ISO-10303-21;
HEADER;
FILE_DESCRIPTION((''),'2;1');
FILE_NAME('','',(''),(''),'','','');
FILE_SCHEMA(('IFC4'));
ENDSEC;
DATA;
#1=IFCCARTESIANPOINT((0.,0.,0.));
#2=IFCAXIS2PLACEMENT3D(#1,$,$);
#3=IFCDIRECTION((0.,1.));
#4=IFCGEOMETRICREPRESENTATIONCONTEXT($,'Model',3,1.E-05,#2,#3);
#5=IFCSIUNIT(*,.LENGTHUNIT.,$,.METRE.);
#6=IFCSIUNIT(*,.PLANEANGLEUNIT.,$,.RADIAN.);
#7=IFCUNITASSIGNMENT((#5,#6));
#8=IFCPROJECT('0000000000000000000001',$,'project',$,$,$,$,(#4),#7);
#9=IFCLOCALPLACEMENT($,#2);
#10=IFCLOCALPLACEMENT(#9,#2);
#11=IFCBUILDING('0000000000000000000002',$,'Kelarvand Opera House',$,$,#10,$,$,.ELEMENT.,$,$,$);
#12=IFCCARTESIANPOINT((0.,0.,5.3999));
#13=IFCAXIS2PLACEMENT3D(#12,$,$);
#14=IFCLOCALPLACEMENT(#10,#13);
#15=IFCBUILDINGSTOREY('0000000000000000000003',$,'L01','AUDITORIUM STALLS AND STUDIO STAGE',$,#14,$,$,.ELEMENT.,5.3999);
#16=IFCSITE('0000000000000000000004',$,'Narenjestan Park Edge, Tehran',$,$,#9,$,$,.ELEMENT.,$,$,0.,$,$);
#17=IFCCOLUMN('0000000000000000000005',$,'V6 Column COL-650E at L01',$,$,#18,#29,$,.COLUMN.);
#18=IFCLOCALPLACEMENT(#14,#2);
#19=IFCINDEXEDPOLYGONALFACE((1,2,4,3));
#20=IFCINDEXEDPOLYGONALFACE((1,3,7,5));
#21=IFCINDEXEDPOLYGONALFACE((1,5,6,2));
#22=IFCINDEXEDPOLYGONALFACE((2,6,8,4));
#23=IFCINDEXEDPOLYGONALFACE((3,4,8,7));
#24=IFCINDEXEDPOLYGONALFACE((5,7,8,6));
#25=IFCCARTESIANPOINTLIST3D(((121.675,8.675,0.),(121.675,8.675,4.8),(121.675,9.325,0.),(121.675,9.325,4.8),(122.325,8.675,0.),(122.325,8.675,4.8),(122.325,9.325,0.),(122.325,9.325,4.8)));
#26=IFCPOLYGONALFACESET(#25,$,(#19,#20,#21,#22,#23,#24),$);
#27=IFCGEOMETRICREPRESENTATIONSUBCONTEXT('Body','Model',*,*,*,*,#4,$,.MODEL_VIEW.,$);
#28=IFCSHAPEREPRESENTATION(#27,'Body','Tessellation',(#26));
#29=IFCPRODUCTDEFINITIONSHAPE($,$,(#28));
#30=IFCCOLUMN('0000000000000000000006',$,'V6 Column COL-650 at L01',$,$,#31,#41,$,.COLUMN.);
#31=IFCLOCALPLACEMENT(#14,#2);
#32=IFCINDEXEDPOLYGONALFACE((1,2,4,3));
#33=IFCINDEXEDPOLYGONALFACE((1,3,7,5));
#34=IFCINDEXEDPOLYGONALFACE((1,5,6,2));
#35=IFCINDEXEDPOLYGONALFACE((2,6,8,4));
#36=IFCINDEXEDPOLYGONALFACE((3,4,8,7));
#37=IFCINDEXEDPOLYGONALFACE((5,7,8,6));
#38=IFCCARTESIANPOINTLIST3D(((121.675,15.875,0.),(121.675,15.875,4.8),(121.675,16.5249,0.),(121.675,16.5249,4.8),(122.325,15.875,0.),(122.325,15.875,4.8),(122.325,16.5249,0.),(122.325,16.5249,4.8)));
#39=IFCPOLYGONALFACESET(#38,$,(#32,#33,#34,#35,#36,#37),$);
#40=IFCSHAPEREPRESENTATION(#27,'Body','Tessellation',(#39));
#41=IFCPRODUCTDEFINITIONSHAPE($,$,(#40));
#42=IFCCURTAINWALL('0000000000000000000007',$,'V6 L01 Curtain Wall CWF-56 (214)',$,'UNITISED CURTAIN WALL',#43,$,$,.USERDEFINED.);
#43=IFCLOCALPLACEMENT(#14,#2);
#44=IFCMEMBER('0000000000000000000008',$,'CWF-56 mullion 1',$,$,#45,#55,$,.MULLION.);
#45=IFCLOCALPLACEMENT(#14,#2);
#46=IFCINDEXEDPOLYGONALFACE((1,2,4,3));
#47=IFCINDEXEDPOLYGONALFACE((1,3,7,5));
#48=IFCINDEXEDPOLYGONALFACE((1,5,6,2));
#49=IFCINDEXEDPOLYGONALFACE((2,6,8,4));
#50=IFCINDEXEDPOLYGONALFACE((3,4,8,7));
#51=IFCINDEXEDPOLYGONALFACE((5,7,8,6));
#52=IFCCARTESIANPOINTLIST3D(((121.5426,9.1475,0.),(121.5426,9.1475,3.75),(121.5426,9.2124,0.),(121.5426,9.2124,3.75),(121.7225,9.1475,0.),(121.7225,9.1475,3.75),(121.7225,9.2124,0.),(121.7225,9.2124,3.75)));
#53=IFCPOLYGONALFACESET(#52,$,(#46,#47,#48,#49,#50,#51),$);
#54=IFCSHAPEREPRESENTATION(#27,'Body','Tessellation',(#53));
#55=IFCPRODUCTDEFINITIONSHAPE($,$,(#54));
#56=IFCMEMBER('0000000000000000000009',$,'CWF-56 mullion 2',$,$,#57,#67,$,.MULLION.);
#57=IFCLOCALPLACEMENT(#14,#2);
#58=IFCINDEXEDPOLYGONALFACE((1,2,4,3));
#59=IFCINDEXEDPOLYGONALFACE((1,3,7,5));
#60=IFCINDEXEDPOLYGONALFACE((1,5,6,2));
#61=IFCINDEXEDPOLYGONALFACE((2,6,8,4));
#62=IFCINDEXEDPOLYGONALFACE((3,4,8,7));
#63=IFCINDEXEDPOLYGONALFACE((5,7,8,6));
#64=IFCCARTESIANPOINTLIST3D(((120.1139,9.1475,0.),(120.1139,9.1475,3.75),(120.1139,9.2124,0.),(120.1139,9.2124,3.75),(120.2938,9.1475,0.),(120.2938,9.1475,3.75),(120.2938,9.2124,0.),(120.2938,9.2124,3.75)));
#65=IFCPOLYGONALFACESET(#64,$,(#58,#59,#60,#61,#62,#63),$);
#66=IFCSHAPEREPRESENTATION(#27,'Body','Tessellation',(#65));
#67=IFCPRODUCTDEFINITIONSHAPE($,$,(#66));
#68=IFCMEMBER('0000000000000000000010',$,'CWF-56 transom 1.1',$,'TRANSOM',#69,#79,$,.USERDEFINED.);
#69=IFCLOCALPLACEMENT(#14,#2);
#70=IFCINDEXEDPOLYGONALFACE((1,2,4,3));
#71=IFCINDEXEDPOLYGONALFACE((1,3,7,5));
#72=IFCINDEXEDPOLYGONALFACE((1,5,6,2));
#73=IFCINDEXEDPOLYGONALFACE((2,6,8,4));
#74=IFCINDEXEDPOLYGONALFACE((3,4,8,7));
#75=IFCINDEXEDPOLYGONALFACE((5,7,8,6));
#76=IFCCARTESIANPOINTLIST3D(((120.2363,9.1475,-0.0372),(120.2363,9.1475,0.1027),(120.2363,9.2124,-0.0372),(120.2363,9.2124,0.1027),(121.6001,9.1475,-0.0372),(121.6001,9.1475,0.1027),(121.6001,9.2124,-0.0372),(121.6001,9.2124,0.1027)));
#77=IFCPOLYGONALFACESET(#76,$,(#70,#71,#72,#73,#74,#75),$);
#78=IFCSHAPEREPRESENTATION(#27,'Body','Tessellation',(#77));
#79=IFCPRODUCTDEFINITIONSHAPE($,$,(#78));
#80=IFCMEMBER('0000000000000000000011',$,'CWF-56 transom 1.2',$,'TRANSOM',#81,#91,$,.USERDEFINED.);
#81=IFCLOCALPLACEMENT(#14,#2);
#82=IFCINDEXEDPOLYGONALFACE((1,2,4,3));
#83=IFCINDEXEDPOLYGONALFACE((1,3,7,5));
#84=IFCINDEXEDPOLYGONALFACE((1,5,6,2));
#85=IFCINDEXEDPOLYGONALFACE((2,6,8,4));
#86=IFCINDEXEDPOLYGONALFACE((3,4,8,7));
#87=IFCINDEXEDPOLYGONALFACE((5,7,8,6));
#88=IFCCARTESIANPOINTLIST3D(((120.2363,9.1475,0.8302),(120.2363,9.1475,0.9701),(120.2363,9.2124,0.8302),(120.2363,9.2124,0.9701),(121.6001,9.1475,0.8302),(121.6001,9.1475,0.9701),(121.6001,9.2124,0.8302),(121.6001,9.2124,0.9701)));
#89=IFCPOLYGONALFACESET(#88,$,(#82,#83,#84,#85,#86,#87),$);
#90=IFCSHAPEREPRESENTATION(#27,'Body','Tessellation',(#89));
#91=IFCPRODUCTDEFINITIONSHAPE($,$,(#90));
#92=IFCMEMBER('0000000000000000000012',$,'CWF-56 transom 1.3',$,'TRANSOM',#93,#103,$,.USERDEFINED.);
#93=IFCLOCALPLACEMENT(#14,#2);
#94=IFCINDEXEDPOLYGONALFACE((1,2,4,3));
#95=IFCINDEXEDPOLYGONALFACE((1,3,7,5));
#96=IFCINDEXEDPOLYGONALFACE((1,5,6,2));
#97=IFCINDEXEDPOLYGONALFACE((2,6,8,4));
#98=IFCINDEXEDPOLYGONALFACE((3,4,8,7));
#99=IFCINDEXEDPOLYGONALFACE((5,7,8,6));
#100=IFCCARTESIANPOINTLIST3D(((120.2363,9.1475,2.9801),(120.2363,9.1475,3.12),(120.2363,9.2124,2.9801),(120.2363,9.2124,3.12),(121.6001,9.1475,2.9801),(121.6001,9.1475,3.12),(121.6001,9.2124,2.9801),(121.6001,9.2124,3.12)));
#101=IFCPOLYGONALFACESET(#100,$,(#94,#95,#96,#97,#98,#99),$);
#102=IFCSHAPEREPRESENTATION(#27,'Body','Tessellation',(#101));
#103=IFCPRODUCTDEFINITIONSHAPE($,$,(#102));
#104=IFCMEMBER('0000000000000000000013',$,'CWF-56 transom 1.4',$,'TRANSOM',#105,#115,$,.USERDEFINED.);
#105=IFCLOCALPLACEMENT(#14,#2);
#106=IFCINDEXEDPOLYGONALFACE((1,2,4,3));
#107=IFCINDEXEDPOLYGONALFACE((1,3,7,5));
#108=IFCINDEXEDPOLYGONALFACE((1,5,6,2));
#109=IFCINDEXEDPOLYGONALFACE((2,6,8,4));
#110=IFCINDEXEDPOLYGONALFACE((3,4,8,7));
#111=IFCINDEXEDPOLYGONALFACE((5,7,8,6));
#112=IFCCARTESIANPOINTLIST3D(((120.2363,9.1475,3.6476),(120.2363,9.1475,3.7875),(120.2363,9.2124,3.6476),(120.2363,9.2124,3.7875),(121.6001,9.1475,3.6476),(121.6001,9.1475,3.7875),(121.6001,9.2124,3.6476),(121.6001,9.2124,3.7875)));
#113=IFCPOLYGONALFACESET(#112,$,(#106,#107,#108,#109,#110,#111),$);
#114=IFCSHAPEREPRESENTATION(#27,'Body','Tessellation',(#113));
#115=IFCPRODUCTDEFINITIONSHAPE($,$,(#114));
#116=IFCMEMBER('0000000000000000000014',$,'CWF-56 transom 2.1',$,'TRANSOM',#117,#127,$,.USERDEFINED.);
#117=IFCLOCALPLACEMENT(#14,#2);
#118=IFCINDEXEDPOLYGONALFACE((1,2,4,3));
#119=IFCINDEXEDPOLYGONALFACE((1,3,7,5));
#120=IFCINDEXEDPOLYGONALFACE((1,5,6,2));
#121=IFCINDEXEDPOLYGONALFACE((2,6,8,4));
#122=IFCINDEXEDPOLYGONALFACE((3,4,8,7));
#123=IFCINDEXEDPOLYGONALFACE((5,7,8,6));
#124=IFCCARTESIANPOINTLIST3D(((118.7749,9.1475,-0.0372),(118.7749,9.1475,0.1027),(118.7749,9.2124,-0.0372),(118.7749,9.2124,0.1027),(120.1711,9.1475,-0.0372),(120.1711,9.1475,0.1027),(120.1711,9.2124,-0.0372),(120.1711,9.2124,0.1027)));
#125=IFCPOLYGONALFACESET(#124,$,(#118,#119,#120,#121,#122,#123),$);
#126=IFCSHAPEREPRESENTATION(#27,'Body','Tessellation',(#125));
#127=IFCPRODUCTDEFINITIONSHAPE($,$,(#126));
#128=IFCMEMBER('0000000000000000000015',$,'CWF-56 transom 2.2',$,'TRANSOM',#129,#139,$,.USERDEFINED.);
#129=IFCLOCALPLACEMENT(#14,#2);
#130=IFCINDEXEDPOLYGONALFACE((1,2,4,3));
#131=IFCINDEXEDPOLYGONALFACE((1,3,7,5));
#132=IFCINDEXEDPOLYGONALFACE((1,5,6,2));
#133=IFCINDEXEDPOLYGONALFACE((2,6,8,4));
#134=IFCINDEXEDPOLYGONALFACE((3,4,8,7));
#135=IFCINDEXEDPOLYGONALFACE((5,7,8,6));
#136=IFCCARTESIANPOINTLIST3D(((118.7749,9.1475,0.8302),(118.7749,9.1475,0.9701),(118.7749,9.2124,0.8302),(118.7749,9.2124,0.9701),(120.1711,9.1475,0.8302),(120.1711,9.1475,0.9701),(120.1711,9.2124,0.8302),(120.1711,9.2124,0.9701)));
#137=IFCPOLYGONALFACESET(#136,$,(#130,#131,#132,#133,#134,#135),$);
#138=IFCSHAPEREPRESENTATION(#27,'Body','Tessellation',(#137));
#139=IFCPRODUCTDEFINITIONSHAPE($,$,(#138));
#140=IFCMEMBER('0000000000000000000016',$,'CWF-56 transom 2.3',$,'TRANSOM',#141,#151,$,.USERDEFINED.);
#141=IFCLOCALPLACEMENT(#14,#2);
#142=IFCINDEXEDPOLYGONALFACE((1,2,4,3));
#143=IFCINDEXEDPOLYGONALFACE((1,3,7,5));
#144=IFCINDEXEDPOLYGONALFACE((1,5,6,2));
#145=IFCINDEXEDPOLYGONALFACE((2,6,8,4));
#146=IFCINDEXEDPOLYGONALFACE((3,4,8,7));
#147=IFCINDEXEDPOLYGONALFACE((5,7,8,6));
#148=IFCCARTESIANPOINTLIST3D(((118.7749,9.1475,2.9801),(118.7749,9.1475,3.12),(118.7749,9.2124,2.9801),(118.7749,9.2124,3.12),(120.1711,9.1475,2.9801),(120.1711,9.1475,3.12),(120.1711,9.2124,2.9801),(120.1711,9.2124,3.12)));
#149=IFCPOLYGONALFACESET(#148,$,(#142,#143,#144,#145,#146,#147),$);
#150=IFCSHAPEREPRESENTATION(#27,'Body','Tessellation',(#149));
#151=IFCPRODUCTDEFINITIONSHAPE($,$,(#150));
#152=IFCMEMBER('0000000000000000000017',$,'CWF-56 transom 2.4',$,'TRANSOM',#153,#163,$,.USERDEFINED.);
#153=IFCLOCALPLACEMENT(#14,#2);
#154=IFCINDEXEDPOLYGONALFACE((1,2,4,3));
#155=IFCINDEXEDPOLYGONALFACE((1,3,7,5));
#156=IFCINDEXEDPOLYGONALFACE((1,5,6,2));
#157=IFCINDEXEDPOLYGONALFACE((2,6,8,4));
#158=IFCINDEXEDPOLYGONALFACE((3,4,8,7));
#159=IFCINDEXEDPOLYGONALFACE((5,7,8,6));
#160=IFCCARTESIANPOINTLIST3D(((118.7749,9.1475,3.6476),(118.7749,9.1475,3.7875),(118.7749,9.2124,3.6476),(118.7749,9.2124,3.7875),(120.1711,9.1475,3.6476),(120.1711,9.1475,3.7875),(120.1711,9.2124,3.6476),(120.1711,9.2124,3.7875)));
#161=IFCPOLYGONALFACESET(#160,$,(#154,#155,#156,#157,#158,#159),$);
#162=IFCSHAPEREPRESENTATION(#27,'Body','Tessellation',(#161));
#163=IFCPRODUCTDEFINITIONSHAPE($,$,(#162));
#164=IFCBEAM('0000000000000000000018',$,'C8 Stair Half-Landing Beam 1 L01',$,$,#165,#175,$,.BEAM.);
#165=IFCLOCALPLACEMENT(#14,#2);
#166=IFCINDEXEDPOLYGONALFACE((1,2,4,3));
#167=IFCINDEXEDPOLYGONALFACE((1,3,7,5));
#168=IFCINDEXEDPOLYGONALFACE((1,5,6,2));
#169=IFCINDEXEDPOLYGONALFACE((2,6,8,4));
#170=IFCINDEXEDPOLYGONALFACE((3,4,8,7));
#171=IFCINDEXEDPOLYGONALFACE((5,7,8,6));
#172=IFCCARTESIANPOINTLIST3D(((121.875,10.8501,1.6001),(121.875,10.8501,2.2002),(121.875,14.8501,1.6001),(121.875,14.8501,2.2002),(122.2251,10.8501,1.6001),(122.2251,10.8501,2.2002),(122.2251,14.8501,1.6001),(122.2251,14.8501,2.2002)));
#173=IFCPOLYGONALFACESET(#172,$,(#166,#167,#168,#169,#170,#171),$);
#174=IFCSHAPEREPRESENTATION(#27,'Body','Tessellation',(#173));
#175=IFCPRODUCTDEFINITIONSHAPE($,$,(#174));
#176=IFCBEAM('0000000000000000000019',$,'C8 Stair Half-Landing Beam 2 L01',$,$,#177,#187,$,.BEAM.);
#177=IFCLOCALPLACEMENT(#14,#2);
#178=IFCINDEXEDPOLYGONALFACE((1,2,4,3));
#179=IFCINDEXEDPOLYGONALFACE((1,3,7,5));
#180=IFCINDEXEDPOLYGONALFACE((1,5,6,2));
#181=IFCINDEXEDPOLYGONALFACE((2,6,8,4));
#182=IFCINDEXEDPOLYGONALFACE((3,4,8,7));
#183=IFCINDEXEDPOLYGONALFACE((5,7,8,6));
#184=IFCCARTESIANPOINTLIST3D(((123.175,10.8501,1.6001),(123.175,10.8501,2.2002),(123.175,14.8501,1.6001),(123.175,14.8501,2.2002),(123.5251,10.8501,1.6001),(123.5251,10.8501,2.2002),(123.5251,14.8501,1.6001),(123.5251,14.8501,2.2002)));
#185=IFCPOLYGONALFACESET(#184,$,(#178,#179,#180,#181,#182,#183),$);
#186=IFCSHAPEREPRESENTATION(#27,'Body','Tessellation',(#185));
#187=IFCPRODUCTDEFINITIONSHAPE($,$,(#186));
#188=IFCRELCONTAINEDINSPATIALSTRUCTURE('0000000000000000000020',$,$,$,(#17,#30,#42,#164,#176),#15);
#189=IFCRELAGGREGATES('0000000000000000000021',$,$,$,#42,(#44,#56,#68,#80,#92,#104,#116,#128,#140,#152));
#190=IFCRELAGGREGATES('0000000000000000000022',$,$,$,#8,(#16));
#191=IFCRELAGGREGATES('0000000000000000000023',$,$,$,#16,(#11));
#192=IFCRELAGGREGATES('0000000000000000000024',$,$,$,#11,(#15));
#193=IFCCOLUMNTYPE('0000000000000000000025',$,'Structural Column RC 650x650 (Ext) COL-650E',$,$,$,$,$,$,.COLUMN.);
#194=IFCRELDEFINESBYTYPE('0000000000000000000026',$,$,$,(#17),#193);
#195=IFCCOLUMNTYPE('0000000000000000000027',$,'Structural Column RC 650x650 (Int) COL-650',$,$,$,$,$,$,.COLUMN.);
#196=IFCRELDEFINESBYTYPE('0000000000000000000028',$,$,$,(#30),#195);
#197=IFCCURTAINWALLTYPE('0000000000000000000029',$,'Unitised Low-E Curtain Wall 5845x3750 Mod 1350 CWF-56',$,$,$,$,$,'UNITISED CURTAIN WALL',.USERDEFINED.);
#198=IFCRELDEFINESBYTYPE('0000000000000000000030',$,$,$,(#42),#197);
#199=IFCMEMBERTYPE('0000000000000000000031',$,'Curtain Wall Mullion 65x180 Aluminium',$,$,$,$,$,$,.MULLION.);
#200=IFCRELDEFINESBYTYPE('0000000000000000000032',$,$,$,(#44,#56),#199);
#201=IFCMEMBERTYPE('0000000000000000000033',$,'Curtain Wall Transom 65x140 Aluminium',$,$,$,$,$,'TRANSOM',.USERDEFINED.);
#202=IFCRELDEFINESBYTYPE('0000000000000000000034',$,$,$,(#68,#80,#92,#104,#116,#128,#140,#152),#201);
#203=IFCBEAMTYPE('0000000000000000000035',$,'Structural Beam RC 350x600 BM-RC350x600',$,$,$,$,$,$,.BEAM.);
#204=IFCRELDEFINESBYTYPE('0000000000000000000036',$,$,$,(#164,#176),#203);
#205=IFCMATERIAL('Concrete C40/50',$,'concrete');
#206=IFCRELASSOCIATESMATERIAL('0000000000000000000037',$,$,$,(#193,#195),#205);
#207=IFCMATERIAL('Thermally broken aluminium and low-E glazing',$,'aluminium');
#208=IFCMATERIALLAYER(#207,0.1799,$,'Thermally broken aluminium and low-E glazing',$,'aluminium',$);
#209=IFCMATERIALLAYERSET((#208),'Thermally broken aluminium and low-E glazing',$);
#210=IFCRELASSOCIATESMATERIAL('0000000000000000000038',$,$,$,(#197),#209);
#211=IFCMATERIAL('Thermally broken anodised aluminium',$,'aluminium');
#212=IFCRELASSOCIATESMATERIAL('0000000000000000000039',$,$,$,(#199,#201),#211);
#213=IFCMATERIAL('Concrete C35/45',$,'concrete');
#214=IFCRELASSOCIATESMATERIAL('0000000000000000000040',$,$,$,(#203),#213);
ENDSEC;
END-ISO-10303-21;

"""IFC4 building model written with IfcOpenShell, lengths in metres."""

from ifc_helpers import new_model, si_unit, direction, frame, origin, origin_2d, place, context, subcontext, project, spatial, rectangle, extrude, material, layer, layer_set, material_profile, profile_set, type_object, element, aggregate, save


model = new_model("IFC4")

# Units and contexts
model_context = context("Model", 3, precision=1e-05, world=origin(), true_north=direction((0.0, 1.0)))
body_context = subcontext(model_context, "Body", "Model", "MODEL_VIEW")
ifc_project = project(units=[si_unit("LENGTHUNIT", "METRE"), si_unit("PLANEANGLEUNIT", "RADIAN")], contexts=[model_context])

# Site, building, storey
site_placement = place(None, origin())
site = spatial("IfcSite", under=ifc_project, at=site_placement, Name="Narenjestan Park Edge, Tehran", CompositionType="ELEMENT", RefElevation=0.0)
building_placement = place(site_placement, origin())
building = spatial("IfcBuilding", under=site, at=building_placement, Name="Kelarvand Opera House", CompositionType="ELEMENT")
storey_placement = place(building_placement, frame((0.0, 0.0, 5.3999)))
storey = spatial("IfcBuildingStorey", under=building, at=storey_placement, Name="L01", Description="AUDITORIUM STALLS AND STUDIO STAGE", CompositionType="ELEMENT", Elevation=5.3999)

# Columns
ifc_material_1 = material(Name="Concrete C40/50", Category="concrete")
ifc_material_profile_1 = material_profile(ifc_material_1, rectangle(XDim=0.6499, YDim=0.6499, at=origin_2d()), Name="RC 650x650", Category="concrete")
ifc_profile_set_1 = profile_set([ifc_material_profile_1], Name="Concrete C40/50")
column_type_1 = type_object("IfcColumnType", Name="Structural Column RC 650x650 (Ext) COL-650E", PredefinedType="COLUMN", material=ifc_profile_set_1)
column_1_placement = place(storey_placement, frame((122.0, 9.0, 0.0), z_axis=(0.0, 0.0, 1.0), x_axis=(1.0, 0.0, 0.0)))
element("IfcColumn", 1, at=column_1_placement, inside=storey, type_object=column_type_1, Name="V6 Column COL-650E at L01", PredefinedType="COLUMN", context=body_context, shape_type="SweptSolid", body=[
    extrude(rectangle(XDim=0.6499, YDim=0.6499, at=origin_2d()), origin(), (0.0, 0.0, 1.0), 4.8),
])
ifc_material_profile_2 = material_profile(ifc_material_1, rectangle(XDim=0.6499, YDim=0.6499, at=origin_2d()), Name="RC 650x650", Category="concrete")
ifc_profile_set_2 = profile_set([ifc_material_profile_2], Name="Concrete C40/50")
column_type_2 = type_object("IfcColumnType", Name="Structural Column RC 650x650 (Int) COL-650", PredefinedType="COLUMN", material=ifc_profile_set_2)
column_2_placement = place(storey_placement, frame((122.0, 16.2, 0.0), z_axis=(0.0, 0.0, 1.0), x_axis=(1.0, 0.0, 0.0)))
element("IfcColumn", 2, at=column_2_placement, inside=storey, type_object=column_type_2, Name="V6 Column COL-650 at L01", PredefinedType="COLUMN", context=body_context, shape_type="SweptSolid", body=[
    extrude(rectangle(XDim=0.6499, YDim=0.6499, at=origin_2d()), origin(), (0.0, 0.0, 1.0), 4.8),
])

# Curtain wall, members
ifc_material_2 = material(Name="Thermally broken aluminium and low-E glazing", Category="aluminium")
ifc_layer_1 = layer(ifc_material_2, 0.1799, Name="Thermally broken aluminium and low-E glazing", Category="aluminium")
ifc_layer_set_1 = layer_set([ifc_layer_1], Name="Thermally broken aluminium and low-E glazing")
curtain_wall_type = type_object("IfcCurtainWallType", Name="Unitised Low-E Curtain Wall 5845x3750 Mod 1350 CWF-56", ElementType="UNITISED CURTAIN WALL", PredefinedType="USERDEFINED", material=ifc_layer_set_1)
curtain_wall_placement = place(storey_placement, origin())
curtain_wall = element("IfcCurtainWall", 3, at=curtain_wall_placement, inside=storey, type_object=curtain_wall_type, Name="V6 L01 Curtain Wall CWF-56 (214)", ObjectType="UNITISED CURTAIN WALL", PredefinedType="USERDEFINED")
ifc_material_3 = material(Name="Thermally broken anodised aluminium", Category="aluminium")
ifc_material_profile_3 = material_profile(ifc_material_3, rectangle(XDim=0.0649, YDim=0.1799, at=origin_2d()), Name="ALU MULLION 65x180", Category="aluminium")
ifc_profile_set_3 = profile_set([ifc_material_profile_3], Name="Thermally broken anodised aluminium")
member_type_1 = type_object("IfcMemberType", Name="Curtain Wall Mullion 65x180 Aluminium", PredefinedType="MULLION", material=ifc_profile_set_3)
member_1_placement = place(storey_placement, frame((121.6326, 9.1799, 0.0), z_axis=(0.0, 0.0, 1.0), x_axis=(0.0, -1.0, 0.0)))
member_1 = element("IfcMember", 4, at=member_1_placement, type_object=member_type_1, Name="CWF-56 mullion 1", PredefinedType="MULLION", context=body_context, shape_type="SweptSolid", body=[
    extrude(rectangle(XDim=0.0649, YDim=0.1799, at=origin_2d()), origin(), (0.0, 0.0, 1.0), 3.75),
])
member_2_placement = place(storey_placement, frame((120.2039, 9.1799, 0.0), z_axis=(0.0, 0.0, 1.0), x_axis=(0.0, -1.0, 0.0)))
member_2 = element("IfcMember", 5, at=member_2_placement, type_object=member_type_1, Name="CWF-56 mullion 2", PredefinedType="MULLION", context=body_context, shape_type="SweptSolid", body=[
    extrude(rectangle(XDim=0.0649, YDim=0.1799, at=origin_2d()), origin(), (0.0, 0.0, 1.0), 3.75),
])
ifc_material_profile_4 = material_profile(ifc_material_3, rectangle(XDim=0.0649, YDim=0.1399, at=origin_2d()), Name="ALU TRANSOM 65x140", Category="aluminium")
ifc_profile_set_4 = profile_set([ifc_material_profile_4], Name="Thermally broken anodised aluminium")
member_type_2 = type_object("IfcMemberType", Name="Curtain Wall Transom 65x140 Aluminium", ElementType="TRANSOM", PredefinedType="USERDEFINED", material=ifc_profile_set_4)
member_3_placement = place(storey_placement, frame((121.6001, 9.1799, 0.0327), z_axis=(-1.0, 0.0, 0.0), x_axis=(0.0, -1.0, 0.0)))
member_3 = element("IfcMember", 6, at=member_3_placement, type_object=member_type_2, Name="CWF-56 transom 1.1", ObjectType="TRANSOM", PredefinedType="USERDEFINED", context=body_context, shape_type="SweptSolid", body=[
    extrude(rectangle(XDim=0.0649, YDim=0.1399, at=origin_2d()), origin(), (0.0, 0.0, 1.0), 1.3638),
])
member_4_placement = place(storey_placement, frame((121.6001, 9.1799, 0.9001), z_axis=(-1.0, 0.0, 0.0), x_axis=(0.0, -1.0, 0.0)))
member_4 = element("IfcMember", 7, at=member_4_placement, type_object=member_type_2, Name="CWF-56 transom 1.2", ObjectType="TRANSOM", PredefinedType="USERDEFINED", context=body_context, shape_type="SweptSolid", body=[
    extrude(rectangle(XDim=0.0649, YDim=0.1399, at=origin_2d()), origin(), (0.0, 0.0, 1.0), 1.3638),
])
member_5_placement = place(storey_placement, frame((121.6001, 9.1799, 3.05), z_axis=(-1.0, 0.0, 0.0), x_axis=(0.0, -1.0, 0.0)))
member_5 = element("IfcMember", 8, at=member_5_placement, type_object=member_type_2, Name="CWF-56 transom 1.3", ObjectType="TRANSOM", PredefinedType="USERDEFINED", context=body_context, shape_type="SweptSolid", body=[
    extrude(rectangle(XDim=0.0649, YDim=0.1399, at=origin_2d()), origin(), (0.0, 0.0, 1.0), 1.3638),
])
member_6_placement = place(storey_placement, frame((121.6001, 9.1799, 3.7175), z_axis=(-1.0, 0.0, 0.0), x_axis=(0.0, -1.0, 0.0)))
member_6 = element("IfcMember", 9, at=member_6_placement, type_object=member_type_2, Name="CWF-56 transom 1.4", ObjectType="TRANSOM", PredefinedType="USERDEFINED", context=body_context, shape_type="SweptSolid", body=[
    extrude(rectangle(XDim=0.0649, YDim=0.1399, at=origin_2d()), origin(), (0.0, 0.0, 1.0), 1.3638),
])
member_7_placement = place(storey_placement, frame((120.1711, 9.1799, 0.0327), z_axis=(-1.0, 0.0, 0.0), x_axis=(0.0, -1.0, 0.0)))
member_7 = element("IfcMember", 10, at=member_7_placement, type_object=member_type_2, Name="CWF-56 transom 2.1", ObjectType="TRANSOM", PredefinedType="USERDEFINED", context=body_context, shape_type="SweptSolid", body=[
    extrude(rectangle(XDim=0.0649, YDim=0.1399, at=origin_2d()), origin(), (0.0, 0.0, 1.0), 1.3962),
])
member_8_placement = place(storey_placement, frame((120.1711, 9.1799, 0.9001), z_axis=(-1.0, 0.0, 0.0), x_axis=(0.0, -1.0, 0.0)))
member_8 = element("IfcMember", 11, at=member_8_placement, type_object=member_type_2, Name="CWF-56 transom 2.2", ObjectType="TRANSOM", PredefinedType="USERDEFINED", context=body_context, shape_type="SweptSolid", body=[
    extrude(rectangle(XDim=0.0649, YDim=0.1399, at=origin_2d()), origin(), (0.0, 0.0, 1.0), 1.3962),
])
member_9_placement = place(storey_placement, frame((120.1711, 9.1799, 3.05), z_axis=(-1.0, 0.0, 0.0), x_axis=(0.0, -1.0, 0.0)))
member_9 = element("IfcMember", 12, at=member_9_placement, type_object=member_type_2, Name="CWF-56 transom 2.3", ObjectType="TRANSOM", PredefinedType="USERDEFINED", context=body_context, shape_type="SweptSolid", body=[
    extrude(rectangle(XDim=0.0649, YDim=0.1399, at=origin_2d()), origin(), (0.0, 0.0, 1.0), 1.3962),
])
member_10_placement = place(storey_placement, frame((120.1711, 9.1799, 3.7175), z_axis=(-1.0, 0.0, 0.0), x_axis=(0.0, -1.0, 0.0)))
member_10 = element("IfcMember", 13, at=member_10_placement, type_object=member_type_2, Name="CWF-56 transom 2.4", ObjectType="TRANSOM", PredefinedType="USERDEFINED", context=body_context, shape_type="SweptSolid", body=[
    extrude(rectangle(XDim=0.0649, YDim=0.1399, at=origin_2d()), origin(), (0.0, 0.0, 1.0), 1.3962),
])

# Beams
ifc_material_4 = material(Name="Concrete C35/45", Category="concrete")
ifc_material_profile_5 = material_profile(ifc_material_4, rectangle(XDim=0.3501, YDim=0.6001, at=origin_2d()), Name="RC 350x600", Category="concrete")
ifc_profile_set_5 = profile_set([ifc_material_profile_5], Name="Concrete C35/45")
beam_type_1 = type_object("IfcBeamType", Name="Structural Beam RC 350x600 BM-RC350x600", PredefinedType="BEAM", material=ifc_profile_set_5)
for number, where, z_axis, x_axis, name in (
    (14, (122.05, 10.8501, 1.9001), (0.0, 1.0, 0.0), (-1.0, 0.0, 0.0), "C8 Stair Half-Landing Beam 1 L01"),
    (15, (123.3501, 10.8501, 1.9001), (0.0, 1.0, 0.0), (-1.0, 0.0, 0.0), "C8 Stair Half-Landing Beam 2 L01"),
):
    element("IfcBeam", number, at=place(storey_placement, frame(where, z_axis=z_axis, x_axis=x_axis)), inside=storey, type_object=beam_type_1, Name=name, PredefinedType="BEAM", context=body_context, shape_type="SweptSolid", body=[
        extrude(rectangle(XDim=0.3501, YDim=0.6001, at=origin_2d()), origin(), (0.0, 0.0, 1.0), 4.0),
    ])

aggregate(curtain_wall, [member_1, member_2, member_3, member_4, member_5, member_6, member_7, member_8, member_9, member_10])

save(model, "model.ifc")
